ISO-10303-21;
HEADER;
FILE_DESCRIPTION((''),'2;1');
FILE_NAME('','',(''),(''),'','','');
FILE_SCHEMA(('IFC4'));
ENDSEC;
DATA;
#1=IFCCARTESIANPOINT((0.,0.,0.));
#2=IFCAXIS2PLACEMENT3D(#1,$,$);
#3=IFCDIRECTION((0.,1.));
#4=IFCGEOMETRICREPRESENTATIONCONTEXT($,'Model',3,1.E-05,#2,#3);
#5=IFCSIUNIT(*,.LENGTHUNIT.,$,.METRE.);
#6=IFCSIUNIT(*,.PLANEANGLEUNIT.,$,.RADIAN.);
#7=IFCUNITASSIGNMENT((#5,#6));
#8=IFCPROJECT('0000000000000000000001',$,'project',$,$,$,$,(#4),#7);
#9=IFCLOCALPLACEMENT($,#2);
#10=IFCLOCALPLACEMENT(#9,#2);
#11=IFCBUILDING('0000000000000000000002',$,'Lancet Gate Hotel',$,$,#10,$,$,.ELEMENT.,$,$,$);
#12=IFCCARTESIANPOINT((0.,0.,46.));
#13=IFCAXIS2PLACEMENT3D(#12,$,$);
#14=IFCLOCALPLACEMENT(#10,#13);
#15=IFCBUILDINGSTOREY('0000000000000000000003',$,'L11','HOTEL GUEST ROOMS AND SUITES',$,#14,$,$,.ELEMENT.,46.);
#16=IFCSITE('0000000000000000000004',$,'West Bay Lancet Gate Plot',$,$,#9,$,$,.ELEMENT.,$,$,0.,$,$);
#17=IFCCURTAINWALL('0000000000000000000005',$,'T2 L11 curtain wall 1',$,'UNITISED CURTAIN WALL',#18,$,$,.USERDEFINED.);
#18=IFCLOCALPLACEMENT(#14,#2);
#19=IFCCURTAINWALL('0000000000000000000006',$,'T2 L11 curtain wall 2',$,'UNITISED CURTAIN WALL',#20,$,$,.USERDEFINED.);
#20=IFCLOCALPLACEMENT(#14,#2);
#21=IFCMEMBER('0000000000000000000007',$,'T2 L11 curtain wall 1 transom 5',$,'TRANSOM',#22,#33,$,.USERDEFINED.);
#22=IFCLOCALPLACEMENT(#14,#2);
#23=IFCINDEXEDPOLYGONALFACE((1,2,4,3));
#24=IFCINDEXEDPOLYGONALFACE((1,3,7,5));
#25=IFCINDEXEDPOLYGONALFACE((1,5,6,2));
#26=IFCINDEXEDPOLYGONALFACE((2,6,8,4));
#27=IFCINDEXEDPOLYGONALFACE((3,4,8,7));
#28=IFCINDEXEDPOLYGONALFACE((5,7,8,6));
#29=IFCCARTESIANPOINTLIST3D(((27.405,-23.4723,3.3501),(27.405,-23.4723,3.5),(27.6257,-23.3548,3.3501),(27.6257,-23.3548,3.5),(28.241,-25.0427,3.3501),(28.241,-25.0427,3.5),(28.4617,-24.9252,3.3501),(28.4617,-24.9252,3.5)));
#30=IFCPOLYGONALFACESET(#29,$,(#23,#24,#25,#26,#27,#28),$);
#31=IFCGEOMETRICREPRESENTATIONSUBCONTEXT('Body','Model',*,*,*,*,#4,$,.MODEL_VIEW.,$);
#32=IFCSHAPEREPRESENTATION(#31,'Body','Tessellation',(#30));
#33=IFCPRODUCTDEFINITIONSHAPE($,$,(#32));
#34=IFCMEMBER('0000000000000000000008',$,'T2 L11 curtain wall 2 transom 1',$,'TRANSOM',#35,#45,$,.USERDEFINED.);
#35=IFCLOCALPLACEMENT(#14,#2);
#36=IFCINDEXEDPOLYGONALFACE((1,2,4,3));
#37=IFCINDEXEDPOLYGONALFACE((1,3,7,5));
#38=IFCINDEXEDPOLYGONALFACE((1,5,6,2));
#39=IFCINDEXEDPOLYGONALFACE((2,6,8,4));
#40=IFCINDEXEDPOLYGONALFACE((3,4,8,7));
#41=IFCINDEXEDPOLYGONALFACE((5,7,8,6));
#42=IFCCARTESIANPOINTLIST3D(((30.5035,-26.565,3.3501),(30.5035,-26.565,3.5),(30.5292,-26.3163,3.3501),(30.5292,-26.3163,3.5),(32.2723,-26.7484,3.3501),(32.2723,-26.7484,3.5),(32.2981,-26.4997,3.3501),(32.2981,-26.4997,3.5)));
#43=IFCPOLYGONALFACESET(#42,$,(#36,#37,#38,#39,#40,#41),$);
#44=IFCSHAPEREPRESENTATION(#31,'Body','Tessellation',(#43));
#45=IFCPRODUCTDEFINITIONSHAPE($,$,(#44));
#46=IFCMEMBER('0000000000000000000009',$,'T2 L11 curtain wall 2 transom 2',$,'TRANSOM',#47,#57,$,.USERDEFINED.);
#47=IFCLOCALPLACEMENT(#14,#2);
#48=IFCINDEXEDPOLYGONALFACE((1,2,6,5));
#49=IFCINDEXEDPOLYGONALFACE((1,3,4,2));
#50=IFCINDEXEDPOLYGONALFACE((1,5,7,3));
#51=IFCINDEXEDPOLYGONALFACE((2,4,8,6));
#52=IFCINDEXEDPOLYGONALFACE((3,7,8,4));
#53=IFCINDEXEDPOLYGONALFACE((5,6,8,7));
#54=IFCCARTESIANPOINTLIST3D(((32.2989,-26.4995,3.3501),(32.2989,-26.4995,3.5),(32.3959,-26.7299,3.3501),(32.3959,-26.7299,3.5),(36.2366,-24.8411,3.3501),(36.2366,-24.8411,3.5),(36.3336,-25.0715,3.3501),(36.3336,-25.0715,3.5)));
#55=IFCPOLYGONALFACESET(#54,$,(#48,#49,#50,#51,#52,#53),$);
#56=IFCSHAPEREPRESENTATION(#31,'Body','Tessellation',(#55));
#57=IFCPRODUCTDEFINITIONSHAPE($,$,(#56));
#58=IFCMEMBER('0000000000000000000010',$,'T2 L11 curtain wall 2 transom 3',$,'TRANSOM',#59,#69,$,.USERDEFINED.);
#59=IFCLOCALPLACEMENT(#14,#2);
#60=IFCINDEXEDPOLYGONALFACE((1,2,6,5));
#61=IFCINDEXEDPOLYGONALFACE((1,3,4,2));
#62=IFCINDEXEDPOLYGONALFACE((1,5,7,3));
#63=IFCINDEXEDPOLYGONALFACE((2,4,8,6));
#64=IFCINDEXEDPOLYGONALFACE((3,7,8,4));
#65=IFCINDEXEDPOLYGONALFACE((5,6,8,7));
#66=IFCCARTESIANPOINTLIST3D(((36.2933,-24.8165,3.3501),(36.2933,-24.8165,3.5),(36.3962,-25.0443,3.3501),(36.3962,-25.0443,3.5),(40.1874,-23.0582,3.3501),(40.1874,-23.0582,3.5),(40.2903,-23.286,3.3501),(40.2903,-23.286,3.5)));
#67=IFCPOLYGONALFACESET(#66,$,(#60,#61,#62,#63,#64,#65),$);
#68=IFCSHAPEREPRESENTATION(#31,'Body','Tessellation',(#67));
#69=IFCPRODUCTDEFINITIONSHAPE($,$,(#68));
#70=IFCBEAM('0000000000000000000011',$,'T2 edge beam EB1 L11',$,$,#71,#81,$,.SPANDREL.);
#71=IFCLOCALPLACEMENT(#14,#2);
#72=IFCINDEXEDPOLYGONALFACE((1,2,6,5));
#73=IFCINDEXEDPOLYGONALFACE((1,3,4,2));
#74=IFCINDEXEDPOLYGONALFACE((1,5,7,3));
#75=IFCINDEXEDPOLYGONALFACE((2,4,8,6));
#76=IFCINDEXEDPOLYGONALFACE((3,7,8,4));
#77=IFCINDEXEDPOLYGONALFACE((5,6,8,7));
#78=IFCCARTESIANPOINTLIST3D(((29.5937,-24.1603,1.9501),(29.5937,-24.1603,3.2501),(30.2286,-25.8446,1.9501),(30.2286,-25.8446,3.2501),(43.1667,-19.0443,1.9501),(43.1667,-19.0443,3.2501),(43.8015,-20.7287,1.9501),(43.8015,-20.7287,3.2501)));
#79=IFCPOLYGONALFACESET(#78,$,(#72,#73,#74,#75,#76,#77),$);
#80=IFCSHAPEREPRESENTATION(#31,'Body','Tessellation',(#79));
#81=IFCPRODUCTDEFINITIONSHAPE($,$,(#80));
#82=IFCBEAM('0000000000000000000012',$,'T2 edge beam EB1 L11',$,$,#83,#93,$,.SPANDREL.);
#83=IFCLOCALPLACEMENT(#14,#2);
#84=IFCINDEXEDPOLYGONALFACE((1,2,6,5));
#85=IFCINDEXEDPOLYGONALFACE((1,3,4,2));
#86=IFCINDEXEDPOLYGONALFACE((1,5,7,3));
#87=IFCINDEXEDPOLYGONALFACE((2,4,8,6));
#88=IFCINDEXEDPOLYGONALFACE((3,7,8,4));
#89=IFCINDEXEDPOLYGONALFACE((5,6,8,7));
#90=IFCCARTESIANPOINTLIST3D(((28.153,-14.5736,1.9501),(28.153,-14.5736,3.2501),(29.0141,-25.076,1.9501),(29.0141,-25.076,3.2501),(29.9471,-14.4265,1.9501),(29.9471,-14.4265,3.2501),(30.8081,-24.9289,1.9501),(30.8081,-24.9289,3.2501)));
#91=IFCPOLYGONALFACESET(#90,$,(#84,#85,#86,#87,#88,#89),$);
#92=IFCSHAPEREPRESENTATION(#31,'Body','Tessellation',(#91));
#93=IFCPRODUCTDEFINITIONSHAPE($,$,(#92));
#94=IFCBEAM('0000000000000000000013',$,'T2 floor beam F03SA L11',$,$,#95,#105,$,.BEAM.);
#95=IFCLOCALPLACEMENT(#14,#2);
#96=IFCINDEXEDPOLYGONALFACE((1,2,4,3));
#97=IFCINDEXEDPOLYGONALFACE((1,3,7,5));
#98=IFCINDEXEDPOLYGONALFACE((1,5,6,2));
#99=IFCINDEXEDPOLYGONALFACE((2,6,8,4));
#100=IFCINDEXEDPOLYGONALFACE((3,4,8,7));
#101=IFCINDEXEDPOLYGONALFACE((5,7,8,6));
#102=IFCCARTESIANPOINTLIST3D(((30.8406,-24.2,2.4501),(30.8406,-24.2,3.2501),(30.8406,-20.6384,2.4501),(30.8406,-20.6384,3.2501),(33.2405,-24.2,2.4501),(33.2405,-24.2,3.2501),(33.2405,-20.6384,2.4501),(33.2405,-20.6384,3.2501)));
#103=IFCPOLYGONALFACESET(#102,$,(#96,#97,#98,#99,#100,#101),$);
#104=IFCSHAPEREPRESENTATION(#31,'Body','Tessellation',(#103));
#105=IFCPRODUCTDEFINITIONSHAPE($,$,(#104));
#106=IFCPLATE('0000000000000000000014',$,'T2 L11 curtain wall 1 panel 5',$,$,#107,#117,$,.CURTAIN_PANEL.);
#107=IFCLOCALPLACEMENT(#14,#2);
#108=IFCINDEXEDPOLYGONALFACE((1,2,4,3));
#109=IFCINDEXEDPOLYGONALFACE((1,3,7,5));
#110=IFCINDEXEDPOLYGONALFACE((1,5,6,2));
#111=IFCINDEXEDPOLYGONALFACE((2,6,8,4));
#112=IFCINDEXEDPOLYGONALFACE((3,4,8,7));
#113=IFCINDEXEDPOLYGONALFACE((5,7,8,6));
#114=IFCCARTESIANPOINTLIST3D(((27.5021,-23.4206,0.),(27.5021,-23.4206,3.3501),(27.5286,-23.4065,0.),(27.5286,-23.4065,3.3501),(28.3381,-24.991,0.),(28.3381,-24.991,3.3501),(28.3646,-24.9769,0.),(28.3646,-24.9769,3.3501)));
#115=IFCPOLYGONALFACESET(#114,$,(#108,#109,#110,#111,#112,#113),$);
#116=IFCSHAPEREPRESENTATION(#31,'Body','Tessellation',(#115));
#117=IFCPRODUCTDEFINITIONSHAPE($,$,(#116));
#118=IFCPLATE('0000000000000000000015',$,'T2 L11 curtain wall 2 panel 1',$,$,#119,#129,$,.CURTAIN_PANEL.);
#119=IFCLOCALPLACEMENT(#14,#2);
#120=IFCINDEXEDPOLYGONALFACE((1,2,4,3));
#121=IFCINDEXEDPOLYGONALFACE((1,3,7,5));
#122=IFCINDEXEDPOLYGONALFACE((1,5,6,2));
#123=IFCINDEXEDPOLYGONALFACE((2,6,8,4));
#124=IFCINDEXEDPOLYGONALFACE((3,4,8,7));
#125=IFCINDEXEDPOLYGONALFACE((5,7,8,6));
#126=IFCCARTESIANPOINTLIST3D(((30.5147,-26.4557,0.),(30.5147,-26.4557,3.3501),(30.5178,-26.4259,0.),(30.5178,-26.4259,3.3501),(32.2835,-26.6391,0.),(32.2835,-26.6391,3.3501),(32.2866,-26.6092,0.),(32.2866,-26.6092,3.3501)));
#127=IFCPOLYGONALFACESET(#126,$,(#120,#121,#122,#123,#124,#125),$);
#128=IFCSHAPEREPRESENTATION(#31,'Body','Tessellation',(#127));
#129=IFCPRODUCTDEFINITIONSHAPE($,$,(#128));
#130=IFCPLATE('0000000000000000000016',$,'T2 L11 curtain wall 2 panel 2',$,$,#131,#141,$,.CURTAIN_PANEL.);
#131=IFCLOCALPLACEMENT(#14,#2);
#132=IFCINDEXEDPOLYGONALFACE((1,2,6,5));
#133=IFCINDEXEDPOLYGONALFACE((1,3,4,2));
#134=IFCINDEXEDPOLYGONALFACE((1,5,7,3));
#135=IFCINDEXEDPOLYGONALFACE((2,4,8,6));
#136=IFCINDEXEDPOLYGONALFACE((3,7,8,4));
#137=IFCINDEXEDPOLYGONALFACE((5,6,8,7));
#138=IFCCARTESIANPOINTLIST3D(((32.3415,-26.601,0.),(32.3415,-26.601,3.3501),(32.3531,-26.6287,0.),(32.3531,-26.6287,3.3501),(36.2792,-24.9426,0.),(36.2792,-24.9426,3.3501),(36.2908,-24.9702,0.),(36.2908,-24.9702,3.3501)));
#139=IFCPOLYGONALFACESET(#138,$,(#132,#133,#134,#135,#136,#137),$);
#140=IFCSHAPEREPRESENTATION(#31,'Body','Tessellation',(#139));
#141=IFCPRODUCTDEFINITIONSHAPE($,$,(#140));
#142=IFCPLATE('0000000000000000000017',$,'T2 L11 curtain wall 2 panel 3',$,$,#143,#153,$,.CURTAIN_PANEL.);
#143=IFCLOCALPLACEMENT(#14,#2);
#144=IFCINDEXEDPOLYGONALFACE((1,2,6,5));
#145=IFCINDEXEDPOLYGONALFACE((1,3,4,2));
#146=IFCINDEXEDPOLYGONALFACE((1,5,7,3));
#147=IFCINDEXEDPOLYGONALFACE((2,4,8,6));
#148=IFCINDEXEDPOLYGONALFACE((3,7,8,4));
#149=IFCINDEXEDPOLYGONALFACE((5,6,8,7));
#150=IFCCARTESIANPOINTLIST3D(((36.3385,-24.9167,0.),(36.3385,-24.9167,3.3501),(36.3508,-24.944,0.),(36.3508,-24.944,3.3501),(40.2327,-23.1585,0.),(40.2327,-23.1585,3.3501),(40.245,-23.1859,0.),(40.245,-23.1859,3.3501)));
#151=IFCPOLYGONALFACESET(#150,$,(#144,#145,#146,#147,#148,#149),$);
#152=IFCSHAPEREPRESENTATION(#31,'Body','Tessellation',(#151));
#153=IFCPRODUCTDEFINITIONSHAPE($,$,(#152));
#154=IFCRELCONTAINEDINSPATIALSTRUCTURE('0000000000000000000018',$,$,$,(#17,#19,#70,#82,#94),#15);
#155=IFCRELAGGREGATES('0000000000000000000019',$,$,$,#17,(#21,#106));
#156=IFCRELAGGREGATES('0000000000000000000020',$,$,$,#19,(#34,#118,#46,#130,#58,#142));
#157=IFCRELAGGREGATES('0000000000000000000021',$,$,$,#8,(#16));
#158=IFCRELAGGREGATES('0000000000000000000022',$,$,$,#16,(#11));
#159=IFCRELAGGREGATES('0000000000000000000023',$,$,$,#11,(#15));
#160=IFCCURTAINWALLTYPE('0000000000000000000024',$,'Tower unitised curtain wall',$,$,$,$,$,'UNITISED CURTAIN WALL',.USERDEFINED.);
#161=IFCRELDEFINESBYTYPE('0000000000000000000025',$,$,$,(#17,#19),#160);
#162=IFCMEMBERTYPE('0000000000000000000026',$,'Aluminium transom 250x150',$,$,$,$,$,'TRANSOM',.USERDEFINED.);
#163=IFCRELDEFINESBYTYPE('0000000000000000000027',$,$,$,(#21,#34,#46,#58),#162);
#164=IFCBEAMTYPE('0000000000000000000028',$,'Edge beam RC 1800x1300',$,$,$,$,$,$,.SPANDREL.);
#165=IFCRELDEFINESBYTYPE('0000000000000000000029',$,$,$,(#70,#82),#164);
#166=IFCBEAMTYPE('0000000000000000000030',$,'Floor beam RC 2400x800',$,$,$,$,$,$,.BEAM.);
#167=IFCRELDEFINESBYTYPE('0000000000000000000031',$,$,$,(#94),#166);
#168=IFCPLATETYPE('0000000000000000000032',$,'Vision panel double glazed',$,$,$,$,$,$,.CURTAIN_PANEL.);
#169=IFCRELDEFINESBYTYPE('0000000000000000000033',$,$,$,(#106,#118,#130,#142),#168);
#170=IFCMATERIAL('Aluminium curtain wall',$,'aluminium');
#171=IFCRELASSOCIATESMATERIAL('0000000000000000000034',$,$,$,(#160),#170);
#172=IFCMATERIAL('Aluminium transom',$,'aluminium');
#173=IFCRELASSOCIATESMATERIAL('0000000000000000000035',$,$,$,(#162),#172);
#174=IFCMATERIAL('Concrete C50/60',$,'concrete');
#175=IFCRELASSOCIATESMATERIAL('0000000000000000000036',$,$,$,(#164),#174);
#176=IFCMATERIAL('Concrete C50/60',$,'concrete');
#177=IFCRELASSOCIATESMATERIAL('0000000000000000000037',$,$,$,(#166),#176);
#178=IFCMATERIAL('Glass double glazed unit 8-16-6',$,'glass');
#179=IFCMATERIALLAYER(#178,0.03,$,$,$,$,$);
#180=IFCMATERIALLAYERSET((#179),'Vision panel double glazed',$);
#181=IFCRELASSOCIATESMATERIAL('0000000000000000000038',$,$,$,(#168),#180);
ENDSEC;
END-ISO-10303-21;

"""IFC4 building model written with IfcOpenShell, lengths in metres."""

from ifc_helpers import new_model, si_unit, direction, frame, origin, origin_2d, place, context, subcontext, project, spatial, rectangle, extrude, material, layer, layer_set, material_profile, profile_set, type_object, element, aggregate, save


model = new_model("IFC4")

# Units and contexts
model_context = context("Model", 3, precision=1e-05, world=origin(), true_north=direction((0.0, 1.0)))
body_context = subcontext(model_context, "Body", "Model", "MODEL_VIEW")
ifc_project = project(units=[si_unit("LENGTHUNIT", "METRE"), si_unit("PLANEANGLEUNIT", "RADIAN")], contexts=[model_context])

# Site, building, storey
site_placement = place(None, origin())
site = spatial("IfcSite", under=ifc_project, at=site_placement, Name="West Bay Lancet Gate Plot", CompositionType="ELEMENT", RefElevation=0.0)
building_placement = place(site_placement, origin())
building = spatial("IfcBuilding", under=site, at=building_placement, Name="Lancet Gate Hotel", CompositionType="ELEMENT")
storey_placement = place(building_placement, frame((0.0, 0.0, 46.0)))
storey = spatial("IfcBuildingStorey", under=building, at=storey_placement, Name="L11", Description="HOTEL GUEST ROOMS AND SUITES", CompositionType="ELEMENT", Elevation=46.0)

# Curtain walls
ifc_material_1 = material(Name="Aluminium curtain wall", Category="aluminium")
curtain_wall_type = type_object("IfcCurtainWallType", Name="Tower unitised curtain wall", ElementType="UNITISED CURTAIN WALL", PredefinedType="USERDEFINED", material=ifc_material_1)
curtain_wall_1_placement = place(storey_placement, origin())
curtain_wall_1 = element("IfcCurtainWall", 1, at=curtain_wall_1_placement, inside=storey, type_object=curtain_wall_type, Name="T2 L11 curtain wall 1", ObjectType="UNITISED CURTAIN WALL", PredefinedType="USERDEFINED")
curtain_wall_2_placement = place(storey_placement, origin())
curtain_wall_2 = element("IfcCurtainWall", 2, at=curtain_wall_2_placement, inside=storey, type_object=curtain_wall_type, Name="T2 L11 curtain wall 2", ObjectType="UNITISED CURTAIN WALL", PredefinedType="USERDEFINED")

# Members
ifc_material_2 = material(Name="Aluminium transom", Category="aluminium")
ifc_material_profile_1 = material_profile(ifc_material_2, rectangle(XDim=0.25, YDim=0.1499, at=origin_2d()), Name="TRANSOM 250x150")
ifc_profile_set_1 = profile_set([ifc_material_profile_1], Name="Aluminium transom")
member_type_1 = type_object("IfcMemberType", Name="Aluminium transom 250x150", ElementType="TRANSOM", PredefinedType="USERDEFINED", material=ifc_profile_set_1)
member_1_placement = place(storey_placement, frame((27.5154, -23.4136, 3.425), z_axis=(0.469904, -0.882717, 0.0), x_axis=(0.882717, 0.469904, 0.0)))
member_1 = element("IfcMember", 3, at=member_1_placement, type_object=member_type_1, Name="T2 L11 curtain wall 1 transom 5", ObjectType="TRANSOM", PredefinedType="USERDEFINED", context=body_context, shape_type="SweptSolid", body=[
    extrude(rectangle(XDim=0.25, YDim=0.1499, at=origin_2d()), origin(), (0.0, 0.0, 1.0), 1.7791),
])
member_2_placement = place(storey_placement, frame((30.5164, -26.4407, 3.425), z_axis=(0.99467, -0.103105, 0.0), x_axis=(0.103105, 0.99467, 0.0)))
member_2 = element("IfcMember", 4, at=member_2_placement, type_object=member_type_1, Name="T2 L11 curtain wall 2 transom 1", ObjectType="TRANSOM", PredefinedType="USERDEFINED", context=body_context, shape_type="SweptSolid", body=[
    extrude(rectangle(XDim=0.25, YDim=0.1499, at=origin_2d()), origin(), (0.0, 0.0, 1.0), 1.7783),
])
member_3_placement = place(storey_placement, frame((32.3474, -26.6147, 3.425), z_axis=(0.921598, 0.388146, 0.0), x_axis=(-0.388146, 0.921598, 0.0)))
member_3 = element("IfcMember", 5, at=member_3_placement, type_object=member_type_1, Name="T2 L11 curtain wall 2 transom 2", ObjectType="TRANSOM", PredefinedType="USERDEFINED", context=body_context, shape_type="SweptSolid", body=[
    extrude(rectangle(XDim=0.25, YDim=0.1499, at=origin_2d()), origin(), (0.0, 0.0, 1.0), 4.2727),
])
member_4_placement = place(storey_placement, frame((36.3447, -24.9304, 3.425), z_axis=(0.911397, 0.411529, 0.0), x_axis=(-0.411529, 0.911397, 0.0)))
member_4 = element("IfcMember", 6, at=member_4_placement, type_object=member_type_1, Name="T2 L11 curtain wall 2 transom 3", ObjectType="TRANSOM", PredefinedType="USERDEFINED", context=body_context, shape_type="SweptSolid", body=[
    extrude(rectangle(XDim=0.25, YDim=0.1499, at=origin_2d()), origin(), (0.0, 0.0, 1.0), 4.2727),
])

# Beams
ifc_material_3 = material(Name="Concrete C50/60", Category="concrete")
ifc_material_profile_2 = material_profile(ifc_material_3, rectangle(XDim=1.8, YDim=1.3, at=origin_2d()), Name="RC 1800x1300")
ifc_profile_set_2 = profile_set([ifc_material_profile_2], Name="Concrete C50/60")
beam_type_1 = type_object("IfcBeamType", Name="Edge beam RC 1800x1300", PredefinedType="SPANDREL", material=ifc_profile_set_2)
beam_1_placement = place(storey_placement, frame((29.9111, -25.0024, 2.6001), z_axis=(0.935736, 0.3527, 0.0), x_axis=(-0.3527, 0.935736, 0.0)))
element("IfcBeam", 7, at=beam_1_placement, inside=storey, type_object=beam_type_1, Name="T2 edge beam EB1 L11", PredefinedType="SPANDREL", context=body_context, shape_type="SweptSolid", body=[
    extrude(rectangle(XDim=1.8, YDim=1.3, at=origin_2d()), origin(), (0.0, 0.0, 1.0), 14.5051),
])
beam_2_placement = place(storey_placement, frame((29.9111, -25.0024, 2.6001), z_axis=(-0.081715, 0.996656, 0.0), x_axis=(-0.996656, -0.081715, 0.0)))
element("IfcBeam", 8, at=beam_2_placement, inside=storey, type_object=beam_type_1, Name="T2 edge beam EB1 L11", PredefinedType="SPANDREL", context=body_context, shape_type="SweptSolid", body=[
    extrude(rectangle(XDim=1.8, YDim=1.3, at=origin_2d()), origin(), (0.0, 0.0, 1.0), 10.5376),
])
ifc_material_4 = material(Name="Concrete C50/60", Category="concrete")
ifc_material_profile_3 = material_profile(ifc_material_4, rectangle(XDim=2.3999, YDim=0.8, at=origin_2d()), Name="RC 2400x800")
ifc_profile_set_3 = profile_set([ifc_material_profile_3], Name="Concrete C50/60")
beam_type_2 = type_object("IfcBeamType", Name="Floor beam RC 2400x800", PredefinedType="BEAM", material=ifc_profile_set_3)
beam_3_placement = place(storey_placement, frame((32.0405, -24.2, 2.8501), z_axis=(0.0, 1.0, 0.0), x_axis=(-1.0, 0.0, 0.0)))
element("IfcBeam", 9, at=beam_3_placement, inside=storey, type_object=beam_type_2, Name="T2 floor beam F03SA L11", PredefinedType="BEAM", context=body_context, shape_type="SweptSolid", body=[
    extrude(rectangle(XDim=2.3999, YDim=0.8, at=origin_2d()), origin(), (0.0, 0.0, 1.0), 3.5615),
])

# Plates
ifc_material_5 = material(Name="Glass double glazed unit 8-16-6", Category="glass")
ifc_layer = layer(ifc_material_5, 0.03)
ifc_layer_set = layer_set([ifc_layer], Name="Vision panel double glazed")
plate_type = type_object("IfcPlateType", Name="Vision panel double glazed", PredefinedType="CURTAIN_PANEL", material=ifc_layer_set)
plate_1_placement = place(storey_placement, frame((27.9333, -24.1987, 0.0), z_axis=(0.0, 0.0, 1.0), x_axis=(0.469898, -0.882721, 0.0)))
plate_1 = element("IfcPlate", 10, at=plate_1_placement, type_object=plate_type, Name="T2 L11 curtain wall 1 panel 5", PredefinedType="CURTAIN_PANEL", context=body_context, shape_type="SweptSolid", body=[
    extrude(rectangle(XDim=1.7791, YDim=0.03, at=origin_2d()), origin(), (0.0, 0.0, 1.0), 3.3501),
])
aggregate(curtain_wall_1, [member_1, plate_1])
plate_2_placement = place(storey_placement, frame((31.4006, -26.5325, 0.0), z_axis=(0.0, 0.0, 1.0), x_axis=(0.994672, -0.103088, 0.0)))
plate_2 = element("IfcPlate", 11, at=plate_2_placement, type_object=plate_type, Name="T2 L11 curtain wall 2 panel 1", PredefinedType="CURTAIN_PANEL", context=body_context, shape_type="SweptSolid", body=[
    extrude(rectangle(XDim=1.7783, YDim=0.03, at=origin_2d()), origin(), (0.0, 0.0, 1.0), 3.3501),
])
plate_3_placement = place(storey_placement, frame((34.3162, -25.7856, 0.0), z_axis=(0.0, 0.0, 1.0), x_axis=(0.921593, 0.388157, 0.0)))
plate_3 = element("IfcPlate", 12, at=plate_3_placement, type_object=plate_type, Name="T2 L11 curtain wall 2 panel 2", PredefinedType="CURTAIN_PANEL", context=body_context, shape_type="SweptSolid", body=[
    extrude(rectangle(XDim=4.2727, YDim=0.03, at=origin_2d()), origin(), (0.0, 0.0, 1.0), 3.3501),
])
plate_4_placement = place(storey_placement, frame((38.2917, -24.0513, 0.0), z_axis=(0.0, 0.0, 1.0), x_axis=(0.911416, 0.411487, 0.0)))
plate_4 = element("IfcPlate", 13, at=plate_4_placement, type_object=plate_type, Name="T2 L11 curtain wall 2 panel 3", PredefinedType="CURTAIN_PANEL", context=body_context, shape_type="SweptSolid", body=[
    extrude(rectangle(XDim=4.2727, YDim=0.03, at=origin_2d()), origin(), (0.0, 0.0, 1.0), 3.3501),
])
aggregate(curtain_wall_2, [member_2, plate_2, member_3, plate_3, member_4, plate_4])

save(model, "model.ifc")
